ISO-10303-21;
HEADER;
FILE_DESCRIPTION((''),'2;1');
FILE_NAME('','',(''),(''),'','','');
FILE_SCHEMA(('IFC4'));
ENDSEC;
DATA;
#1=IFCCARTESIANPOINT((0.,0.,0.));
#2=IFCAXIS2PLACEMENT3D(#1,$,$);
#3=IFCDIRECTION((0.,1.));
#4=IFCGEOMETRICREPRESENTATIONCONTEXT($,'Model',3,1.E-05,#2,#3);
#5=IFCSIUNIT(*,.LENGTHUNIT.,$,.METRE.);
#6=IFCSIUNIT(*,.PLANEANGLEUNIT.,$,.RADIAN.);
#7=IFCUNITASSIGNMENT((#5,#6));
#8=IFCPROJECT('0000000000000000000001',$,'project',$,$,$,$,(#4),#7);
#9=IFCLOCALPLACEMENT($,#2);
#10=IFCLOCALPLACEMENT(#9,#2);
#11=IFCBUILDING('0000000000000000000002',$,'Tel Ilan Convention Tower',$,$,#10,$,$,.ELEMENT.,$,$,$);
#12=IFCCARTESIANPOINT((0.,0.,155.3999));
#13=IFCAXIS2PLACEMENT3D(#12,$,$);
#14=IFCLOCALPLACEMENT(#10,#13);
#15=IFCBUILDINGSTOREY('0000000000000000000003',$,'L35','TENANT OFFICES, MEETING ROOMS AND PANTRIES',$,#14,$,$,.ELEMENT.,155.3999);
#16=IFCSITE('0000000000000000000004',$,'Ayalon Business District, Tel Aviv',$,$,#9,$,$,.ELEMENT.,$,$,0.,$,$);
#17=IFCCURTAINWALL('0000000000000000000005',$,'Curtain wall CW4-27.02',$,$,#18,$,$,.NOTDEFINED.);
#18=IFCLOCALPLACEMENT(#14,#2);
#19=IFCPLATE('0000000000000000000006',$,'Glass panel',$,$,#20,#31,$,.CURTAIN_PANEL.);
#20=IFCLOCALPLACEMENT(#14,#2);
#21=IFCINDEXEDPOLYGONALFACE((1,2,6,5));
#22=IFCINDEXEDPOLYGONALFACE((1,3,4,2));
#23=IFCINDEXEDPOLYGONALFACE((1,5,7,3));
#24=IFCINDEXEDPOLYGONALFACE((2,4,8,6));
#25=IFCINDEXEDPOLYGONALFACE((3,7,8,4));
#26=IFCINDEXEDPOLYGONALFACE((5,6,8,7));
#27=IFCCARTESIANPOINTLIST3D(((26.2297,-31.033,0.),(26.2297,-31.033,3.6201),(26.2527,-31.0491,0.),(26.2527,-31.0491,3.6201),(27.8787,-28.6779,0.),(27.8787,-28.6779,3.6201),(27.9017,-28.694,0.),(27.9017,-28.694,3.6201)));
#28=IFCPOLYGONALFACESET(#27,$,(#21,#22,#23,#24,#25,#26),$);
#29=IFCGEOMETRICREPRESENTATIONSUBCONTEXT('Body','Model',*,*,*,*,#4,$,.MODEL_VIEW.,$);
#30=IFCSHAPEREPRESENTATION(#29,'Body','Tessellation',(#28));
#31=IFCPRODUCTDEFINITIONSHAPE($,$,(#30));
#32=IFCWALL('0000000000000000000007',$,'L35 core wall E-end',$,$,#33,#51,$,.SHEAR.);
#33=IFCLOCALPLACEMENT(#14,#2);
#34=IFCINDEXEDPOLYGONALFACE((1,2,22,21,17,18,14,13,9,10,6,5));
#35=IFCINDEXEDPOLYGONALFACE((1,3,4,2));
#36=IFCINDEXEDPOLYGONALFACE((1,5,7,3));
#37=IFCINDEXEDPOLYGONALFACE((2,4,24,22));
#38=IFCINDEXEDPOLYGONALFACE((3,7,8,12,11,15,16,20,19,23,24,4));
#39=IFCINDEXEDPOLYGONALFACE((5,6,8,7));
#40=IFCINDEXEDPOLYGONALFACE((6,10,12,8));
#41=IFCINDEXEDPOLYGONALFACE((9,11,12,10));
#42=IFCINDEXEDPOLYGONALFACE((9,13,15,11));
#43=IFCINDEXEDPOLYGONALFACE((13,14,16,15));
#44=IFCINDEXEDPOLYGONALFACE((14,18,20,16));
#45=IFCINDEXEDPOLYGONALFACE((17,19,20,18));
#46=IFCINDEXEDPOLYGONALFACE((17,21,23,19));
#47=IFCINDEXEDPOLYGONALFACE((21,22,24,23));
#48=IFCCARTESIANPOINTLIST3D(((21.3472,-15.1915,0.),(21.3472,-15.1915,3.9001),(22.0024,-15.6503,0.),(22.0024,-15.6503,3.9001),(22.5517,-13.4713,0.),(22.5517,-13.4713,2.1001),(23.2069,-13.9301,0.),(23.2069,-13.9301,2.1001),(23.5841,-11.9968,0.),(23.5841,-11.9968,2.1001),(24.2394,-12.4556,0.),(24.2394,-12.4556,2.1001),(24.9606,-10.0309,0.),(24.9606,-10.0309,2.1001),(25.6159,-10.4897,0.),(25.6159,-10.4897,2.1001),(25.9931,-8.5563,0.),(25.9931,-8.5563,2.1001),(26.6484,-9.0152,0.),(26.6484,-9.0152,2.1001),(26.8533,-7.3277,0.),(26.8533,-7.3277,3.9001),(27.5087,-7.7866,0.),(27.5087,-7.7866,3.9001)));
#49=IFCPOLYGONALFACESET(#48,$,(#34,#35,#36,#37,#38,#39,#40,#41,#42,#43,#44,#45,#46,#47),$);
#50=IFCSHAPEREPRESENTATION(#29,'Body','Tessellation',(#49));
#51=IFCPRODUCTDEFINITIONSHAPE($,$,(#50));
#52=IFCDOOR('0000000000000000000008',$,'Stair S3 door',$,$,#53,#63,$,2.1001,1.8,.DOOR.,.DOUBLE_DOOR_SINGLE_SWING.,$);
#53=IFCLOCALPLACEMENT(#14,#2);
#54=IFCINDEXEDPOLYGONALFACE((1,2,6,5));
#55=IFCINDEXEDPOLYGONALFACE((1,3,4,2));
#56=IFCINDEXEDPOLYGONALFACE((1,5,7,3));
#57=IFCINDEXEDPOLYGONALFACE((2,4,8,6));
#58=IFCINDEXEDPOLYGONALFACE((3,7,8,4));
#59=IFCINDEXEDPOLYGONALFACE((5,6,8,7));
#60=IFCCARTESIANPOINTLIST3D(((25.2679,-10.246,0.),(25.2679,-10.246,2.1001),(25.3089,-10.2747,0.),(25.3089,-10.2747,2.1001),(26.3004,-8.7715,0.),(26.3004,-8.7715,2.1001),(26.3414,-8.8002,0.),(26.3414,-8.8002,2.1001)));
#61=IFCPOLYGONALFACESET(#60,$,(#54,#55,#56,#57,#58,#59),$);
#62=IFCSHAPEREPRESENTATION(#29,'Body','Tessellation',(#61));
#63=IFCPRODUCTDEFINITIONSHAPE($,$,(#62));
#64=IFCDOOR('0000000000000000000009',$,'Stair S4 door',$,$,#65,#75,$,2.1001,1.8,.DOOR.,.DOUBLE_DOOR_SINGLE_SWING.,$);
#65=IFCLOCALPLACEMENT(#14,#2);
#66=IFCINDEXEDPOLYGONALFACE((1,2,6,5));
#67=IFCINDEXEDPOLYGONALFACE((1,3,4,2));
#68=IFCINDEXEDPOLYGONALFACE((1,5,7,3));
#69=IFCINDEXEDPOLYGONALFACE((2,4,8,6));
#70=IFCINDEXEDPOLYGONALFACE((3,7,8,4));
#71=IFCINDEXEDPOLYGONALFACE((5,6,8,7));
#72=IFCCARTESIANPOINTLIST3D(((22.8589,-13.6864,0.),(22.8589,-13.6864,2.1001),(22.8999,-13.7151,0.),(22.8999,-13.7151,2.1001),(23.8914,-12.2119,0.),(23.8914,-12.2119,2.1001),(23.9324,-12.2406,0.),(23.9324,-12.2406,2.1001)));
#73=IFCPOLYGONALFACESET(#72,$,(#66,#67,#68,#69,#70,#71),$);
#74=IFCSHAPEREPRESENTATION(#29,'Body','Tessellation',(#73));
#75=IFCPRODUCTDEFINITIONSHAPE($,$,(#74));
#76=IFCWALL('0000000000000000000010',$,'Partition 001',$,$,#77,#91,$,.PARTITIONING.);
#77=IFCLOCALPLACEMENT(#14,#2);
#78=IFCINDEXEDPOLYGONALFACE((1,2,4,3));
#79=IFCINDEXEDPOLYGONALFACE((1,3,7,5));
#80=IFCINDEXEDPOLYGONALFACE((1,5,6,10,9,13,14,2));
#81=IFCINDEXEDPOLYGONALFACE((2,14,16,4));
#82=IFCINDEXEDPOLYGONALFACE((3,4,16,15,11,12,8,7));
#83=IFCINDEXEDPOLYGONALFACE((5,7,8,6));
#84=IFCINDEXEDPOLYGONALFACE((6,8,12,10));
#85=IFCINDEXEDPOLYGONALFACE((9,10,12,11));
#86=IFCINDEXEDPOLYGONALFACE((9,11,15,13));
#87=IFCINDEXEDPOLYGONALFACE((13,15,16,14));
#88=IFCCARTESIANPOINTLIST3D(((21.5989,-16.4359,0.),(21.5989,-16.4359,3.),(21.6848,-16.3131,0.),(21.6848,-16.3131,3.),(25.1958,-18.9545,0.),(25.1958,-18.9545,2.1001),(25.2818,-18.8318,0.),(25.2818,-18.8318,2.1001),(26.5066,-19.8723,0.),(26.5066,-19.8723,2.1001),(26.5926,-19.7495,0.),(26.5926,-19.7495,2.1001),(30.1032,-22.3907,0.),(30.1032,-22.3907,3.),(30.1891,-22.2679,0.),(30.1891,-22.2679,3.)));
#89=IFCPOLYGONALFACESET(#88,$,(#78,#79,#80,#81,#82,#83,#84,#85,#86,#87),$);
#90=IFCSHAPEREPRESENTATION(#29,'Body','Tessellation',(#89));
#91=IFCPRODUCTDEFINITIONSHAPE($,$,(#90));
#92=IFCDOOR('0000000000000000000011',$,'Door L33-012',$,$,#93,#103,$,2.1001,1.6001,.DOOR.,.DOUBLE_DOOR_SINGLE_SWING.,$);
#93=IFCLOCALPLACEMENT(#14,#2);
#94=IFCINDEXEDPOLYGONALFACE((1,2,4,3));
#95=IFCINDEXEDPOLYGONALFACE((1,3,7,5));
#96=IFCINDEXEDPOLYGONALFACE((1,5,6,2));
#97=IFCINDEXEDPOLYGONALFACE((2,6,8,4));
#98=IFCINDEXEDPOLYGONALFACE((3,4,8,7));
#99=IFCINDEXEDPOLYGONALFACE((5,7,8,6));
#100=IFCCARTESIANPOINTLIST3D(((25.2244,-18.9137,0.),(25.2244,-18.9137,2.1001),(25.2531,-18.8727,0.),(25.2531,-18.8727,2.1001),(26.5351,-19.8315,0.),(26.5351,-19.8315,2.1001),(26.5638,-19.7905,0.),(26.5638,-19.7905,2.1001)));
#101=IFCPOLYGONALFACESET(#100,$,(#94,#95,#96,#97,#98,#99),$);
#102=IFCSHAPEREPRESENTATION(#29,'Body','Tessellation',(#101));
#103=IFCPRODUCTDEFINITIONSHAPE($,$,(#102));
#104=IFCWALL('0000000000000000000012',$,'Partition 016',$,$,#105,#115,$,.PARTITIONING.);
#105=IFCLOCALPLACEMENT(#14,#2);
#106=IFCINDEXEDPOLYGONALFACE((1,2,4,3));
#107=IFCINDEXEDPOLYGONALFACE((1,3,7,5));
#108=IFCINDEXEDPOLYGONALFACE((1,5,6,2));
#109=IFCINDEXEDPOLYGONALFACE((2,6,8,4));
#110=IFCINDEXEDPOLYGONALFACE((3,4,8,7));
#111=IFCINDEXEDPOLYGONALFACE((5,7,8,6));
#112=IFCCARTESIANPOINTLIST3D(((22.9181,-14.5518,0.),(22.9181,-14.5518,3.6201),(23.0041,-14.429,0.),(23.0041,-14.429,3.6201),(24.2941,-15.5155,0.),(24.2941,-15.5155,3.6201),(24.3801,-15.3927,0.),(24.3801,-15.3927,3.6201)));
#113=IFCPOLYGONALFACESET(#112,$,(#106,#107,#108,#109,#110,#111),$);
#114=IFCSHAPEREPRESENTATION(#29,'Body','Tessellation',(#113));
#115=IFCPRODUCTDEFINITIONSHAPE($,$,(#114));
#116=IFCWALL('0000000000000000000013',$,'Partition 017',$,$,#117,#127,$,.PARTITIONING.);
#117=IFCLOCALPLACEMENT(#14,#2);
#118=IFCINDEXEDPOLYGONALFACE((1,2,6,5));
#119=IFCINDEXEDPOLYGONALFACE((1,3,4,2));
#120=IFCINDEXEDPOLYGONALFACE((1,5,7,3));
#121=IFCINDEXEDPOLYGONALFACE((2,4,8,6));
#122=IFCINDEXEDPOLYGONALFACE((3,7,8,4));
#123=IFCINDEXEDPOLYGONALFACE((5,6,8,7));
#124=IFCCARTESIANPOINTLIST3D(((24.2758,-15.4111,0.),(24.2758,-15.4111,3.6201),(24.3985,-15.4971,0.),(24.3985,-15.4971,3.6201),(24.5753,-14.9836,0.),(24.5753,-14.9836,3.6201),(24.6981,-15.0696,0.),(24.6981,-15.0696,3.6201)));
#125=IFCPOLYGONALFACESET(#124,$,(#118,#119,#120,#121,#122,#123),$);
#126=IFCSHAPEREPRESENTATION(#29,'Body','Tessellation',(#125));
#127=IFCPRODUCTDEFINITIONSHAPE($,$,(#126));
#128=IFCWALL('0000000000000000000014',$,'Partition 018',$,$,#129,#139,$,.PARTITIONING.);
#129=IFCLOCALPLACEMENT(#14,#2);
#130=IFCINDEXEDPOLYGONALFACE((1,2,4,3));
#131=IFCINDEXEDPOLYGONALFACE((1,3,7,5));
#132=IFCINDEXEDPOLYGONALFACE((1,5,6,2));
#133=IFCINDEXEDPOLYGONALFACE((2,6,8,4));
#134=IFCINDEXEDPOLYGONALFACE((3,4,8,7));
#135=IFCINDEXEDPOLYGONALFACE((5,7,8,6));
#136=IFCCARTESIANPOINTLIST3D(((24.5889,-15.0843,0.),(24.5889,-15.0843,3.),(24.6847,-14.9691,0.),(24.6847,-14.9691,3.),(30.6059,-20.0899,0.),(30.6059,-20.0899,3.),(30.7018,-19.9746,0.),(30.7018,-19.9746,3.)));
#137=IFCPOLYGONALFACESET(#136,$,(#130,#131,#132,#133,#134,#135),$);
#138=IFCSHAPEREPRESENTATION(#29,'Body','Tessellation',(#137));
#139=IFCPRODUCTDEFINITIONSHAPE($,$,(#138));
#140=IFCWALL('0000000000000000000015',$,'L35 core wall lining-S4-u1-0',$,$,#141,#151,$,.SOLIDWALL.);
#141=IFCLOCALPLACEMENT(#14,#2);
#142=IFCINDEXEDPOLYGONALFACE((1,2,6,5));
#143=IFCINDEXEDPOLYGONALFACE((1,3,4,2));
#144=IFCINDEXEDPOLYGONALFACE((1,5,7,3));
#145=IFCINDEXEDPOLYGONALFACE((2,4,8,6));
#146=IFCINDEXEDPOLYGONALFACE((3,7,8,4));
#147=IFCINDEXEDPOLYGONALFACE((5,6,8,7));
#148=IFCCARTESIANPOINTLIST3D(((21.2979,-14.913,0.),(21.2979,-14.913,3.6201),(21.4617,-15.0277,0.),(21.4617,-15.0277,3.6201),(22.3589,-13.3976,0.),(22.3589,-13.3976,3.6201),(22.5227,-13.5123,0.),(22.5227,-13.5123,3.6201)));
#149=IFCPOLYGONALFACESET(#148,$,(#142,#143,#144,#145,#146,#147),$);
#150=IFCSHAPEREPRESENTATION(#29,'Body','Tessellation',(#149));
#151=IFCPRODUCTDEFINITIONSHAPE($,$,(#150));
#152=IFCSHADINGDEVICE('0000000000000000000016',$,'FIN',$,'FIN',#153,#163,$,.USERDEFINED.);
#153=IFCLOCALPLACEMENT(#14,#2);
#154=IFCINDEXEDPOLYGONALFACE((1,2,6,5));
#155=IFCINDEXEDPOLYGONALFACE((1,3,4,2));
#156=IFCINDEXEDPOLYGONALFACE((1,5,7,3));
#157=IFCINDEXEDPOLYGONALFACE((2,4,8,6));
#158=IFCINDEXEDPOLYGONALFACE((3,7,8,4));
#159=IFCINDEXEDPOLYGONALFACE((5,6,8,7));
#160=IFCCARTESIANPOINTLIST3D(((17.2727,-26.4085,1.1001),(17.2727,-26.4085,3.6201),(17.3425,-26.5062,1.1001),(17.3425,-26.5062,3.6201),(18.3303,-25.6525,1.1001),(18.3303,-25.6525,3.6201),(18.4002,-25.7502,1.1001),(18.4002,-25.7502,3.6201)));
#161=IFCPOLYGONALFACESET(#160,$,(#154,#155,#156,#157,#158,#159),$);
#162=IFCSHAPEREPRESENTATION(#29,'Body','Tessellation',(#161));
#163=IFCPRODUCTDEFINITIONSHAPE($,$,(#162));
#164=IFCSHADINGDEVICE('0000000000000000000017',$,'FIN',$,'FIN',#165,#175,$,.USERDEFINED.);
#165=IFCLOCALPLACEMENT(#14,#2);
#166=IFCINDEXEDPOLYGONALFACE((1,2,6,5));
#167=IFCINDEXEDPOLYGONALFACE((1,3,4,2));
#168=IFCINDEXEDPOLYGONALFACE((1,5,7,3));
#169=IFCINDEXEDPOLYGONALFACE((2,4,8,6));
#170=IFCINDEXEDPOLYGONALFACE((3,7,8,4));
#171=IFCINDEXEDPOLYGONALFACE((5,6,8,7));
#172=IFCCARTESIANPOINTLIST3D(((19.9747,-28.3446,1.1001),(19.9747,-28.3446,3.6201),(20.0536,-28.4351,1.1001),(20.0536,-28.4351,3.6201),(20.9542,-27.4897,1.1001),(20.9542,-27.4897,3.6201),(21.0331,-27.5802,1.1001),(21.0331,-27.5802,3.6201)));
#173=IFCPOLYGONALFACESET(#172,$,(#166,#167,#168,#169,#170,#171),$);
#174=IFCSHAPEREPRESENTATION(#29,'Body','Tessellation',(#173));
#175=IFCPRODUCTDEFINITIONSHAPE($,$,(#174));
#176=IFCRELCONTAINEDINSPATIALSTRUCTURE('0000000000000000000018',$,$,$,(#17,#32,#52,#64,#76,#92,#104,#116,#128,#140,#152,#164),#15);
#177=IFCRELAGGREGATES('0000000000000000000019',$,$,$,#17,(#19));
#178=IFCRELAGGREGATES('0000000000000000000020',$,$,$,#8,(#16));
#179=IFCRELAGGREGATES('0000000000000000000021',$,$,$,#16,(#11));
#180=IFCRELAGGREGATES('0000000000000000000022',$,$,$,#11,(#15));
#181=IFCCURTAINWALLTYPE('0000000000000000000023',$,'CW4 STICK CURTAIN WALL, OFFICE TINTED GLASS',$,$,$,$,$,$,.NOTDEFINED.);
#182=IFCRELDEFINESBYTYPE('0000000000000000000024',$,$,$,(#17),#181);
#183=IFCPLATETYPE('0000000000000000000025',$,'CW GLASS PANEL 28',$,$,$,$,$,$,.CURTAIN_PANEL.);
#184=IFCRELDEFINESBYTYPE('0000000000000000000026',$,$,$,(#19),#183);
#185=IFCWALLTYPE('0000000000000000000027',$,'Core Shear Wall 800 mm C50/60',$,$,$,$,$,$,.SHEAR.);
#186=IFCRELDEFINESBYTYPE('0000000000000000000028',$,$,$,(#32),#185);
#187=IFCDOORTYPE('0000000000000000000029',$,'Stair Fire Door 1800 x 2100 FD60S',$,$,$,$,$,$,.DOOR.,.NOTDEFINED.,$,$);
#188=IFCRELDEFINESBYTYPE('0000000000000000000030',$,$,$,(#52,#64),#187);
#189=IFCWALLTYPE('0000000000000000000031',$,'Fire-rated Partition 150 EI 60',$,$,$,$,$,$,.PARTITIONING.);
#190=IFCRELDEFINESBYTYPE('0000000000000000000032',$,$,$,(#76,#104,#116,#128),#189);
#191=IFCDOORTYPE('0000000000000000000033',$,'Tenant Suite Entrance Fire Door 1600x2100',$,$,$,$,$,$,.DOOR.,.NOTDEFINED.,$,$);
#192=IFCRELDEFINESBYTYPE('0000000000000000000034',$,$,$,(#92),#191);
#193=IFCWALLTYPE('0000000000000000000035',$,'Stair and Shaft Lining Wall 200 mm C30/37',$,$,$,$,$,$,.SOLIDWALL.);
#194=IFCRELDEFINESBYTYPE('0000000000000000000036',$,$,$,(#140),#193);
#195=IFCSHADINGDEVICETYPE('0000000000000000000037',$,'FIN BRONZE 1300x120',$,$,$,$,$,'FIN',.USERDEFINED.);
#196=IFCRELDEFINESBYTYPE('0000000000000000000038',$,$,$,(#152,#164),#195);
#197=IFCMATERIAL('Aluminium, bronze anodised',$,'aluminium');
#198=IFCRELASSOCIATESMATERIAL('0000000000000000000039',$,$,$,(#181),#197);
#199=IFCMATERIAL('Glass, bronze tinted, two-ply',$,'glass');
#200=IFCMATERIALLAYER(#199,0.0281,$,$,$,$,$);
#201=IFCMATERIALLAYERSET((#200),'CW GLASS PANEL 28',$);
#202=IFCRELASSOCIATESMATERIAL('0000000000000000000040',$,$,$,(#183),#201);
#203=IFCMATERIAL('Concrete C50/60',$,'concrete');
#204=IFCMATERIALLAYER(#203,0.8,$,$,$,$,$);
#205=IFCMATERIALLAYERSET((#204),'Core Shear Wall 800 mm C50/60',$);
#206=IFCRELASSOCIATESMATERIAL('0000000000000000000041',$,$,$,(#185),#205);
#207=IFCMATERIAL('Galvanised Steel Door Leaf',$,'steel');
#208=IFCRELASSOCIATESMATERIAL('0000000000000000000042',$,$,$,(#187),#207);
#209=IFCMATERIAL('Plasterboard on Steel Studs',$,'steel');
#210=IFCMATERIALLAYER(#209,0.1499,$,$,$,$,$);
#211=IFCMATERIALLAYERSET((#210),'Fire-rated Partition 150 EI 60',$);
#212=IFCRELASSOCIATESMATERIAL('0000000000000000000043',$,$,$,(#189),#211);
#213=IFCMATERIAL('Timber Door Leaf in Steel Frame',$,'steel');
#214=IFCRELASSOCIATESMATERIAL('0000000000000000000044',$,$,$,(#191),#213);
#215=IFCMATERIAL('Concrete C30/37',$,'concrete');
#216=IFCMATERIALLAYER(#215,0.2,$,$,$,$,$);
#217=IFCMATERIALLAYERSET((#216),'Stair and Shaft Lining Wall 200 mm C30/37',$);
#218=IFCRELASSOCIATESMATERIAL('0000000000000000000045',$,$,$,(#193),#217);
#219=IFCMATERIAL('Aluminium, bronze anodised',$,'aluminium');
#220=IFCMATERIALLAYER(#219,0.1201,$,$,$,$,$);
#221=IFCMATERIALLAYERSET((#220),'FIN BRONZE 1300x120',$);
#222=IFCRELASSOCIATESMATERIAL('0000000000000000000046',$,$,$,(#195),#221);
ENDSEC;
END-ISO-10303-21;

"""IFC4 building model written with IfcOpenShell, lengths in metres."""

from ifc_helpers import new_model, si_unit, direction, frame, frame_2d, origin, origin_2d, place, context, subcontext, project, spatial, polyline, rectangle, outline, extrude, material, layer, layer_set, type_object, element, fill, aggregate, save


model = new_model("IFC4")

# Units and contexts
model_context = context("Model", 3, precision=1e-05, world=origin(), true_north=direction((0.0, 1.0)))
body_context = subcontext(model_context, "Body", "Model", "MODEL_VIEW")
ifc_project = project(units=[si_unit("LENGTHUNIT", "METRE"), si_unit("PLANEANGLEUNIT", "RADIAN")], contexts=[model_context])

# Site, building, storey
site_placement = place(None, origin())
site = spatial("IfcSite", under=ifc_project, at=site_placement, Name="Ayalon Business District, Tel Aviv", CompositionType="ELEMENT", RefElevation=0.0)
building_placement = place(site_placement, origin())
building = spatial("IfcBuilding", under=site, at=building_placement, Name="Tel Ilan Convention Tower", CompositionType="ELEMENT")
storey_placement = place(building_placement, frame((0.0, 0.0, 155.3999)))
storey = spatial("IfcBuildingStorey", under=building, at=storey_placement, Name="L35", Description="TENANT OFFICES, MEETING ROOMS AND PANTRIES", CompositionType="ELEMENT", Elevation=155.3999)

# Curtain wall, plate
ifc_material_1 = material(Name="Aluminium, bronze anodised", Category="aluminium")
curtain_wall_type = type_object("IfcCurtainWallType", Name="CW4 STICK CURTAIN WALL, OFFICE TINTED GLASS", PredefinedType="NOTDEFINED", material=ifc_material_1)
curtain_wall_placement = place(storey_placement, origin())
curtain_wall = element("IfcCurtainWall", 1, at=curtain_wall_placement, inside=storey, type_object=curtain_wall_type, Name="Curtain wall CW4-27.02", PredefinedType="NOTDEFINED")
ifc_material_2 = material(Name="Glass, bronze tinted, two-ply", Category="glass")
ifc_layer_1 = layer(ifc_material_2, 0.0281)
ifc_layer_set_1 = layer_set([ifc_layer_1], Name="CW GLASS PANEL 28")
plate_type = type_object("IfcPlateType", Name="CW GLASS PANEL 28", PredefinedType="CURTAIN_PANEL", material=ifc_layer_set_1)
plate_1_placement = place(storey_placement, frame((27.0657, -29.8635, 0.0), z_axis=(0.0, 0.0, 1.0), x_axis=(0.573576, 0.819152, 0.0)))
plate_1 = element("IfcPlate", 2, at=plate_1_placement, type_object=plate_type, Name="Glass panel", PredefinedType="CURTAIN_PANEL", context=body_context, shape_type="SweptSolid", body=[
    extrude(rectangle(XDim=2.875, YDim=0.0281, at=origin_2d()), origin(), (0.0, 0.0, 1.0), 3.6201),
])
aggregate(curtain_wall, [plate_1])

# Wall, openings, doors
ifc_material_3 = material(Name="Concrete C50/60", Category="concrete")
ifc_layer_2 = layer(ifc_material_3, 0.8)
ifc_layer_set_2 = layer_set([ifc_layer_2], Name="Core Shear Wall 800 mm C50/60")
wall_type_1 = type_object("IfcWallType", Name="Core Shear Wall 800 mm C50/60", PredefinedType="SHEAR", material=ifc_layer_set_2)
wall_1_placement = place(storey_placement, frame((21.6748, -15.4209, 0.0), z_axis=(0.0, 0.0, 1.0), x_axis=(0.573582, 0.819148, 0.0)))
wall_1 = element("IfcWall", 3, at=wall_1_placement, inside=storey, type_object=wall_type_1, Name="L35 core wall E-end", PredefinedType="SHEAR", context=body_context, shape_type="SweptSolid", body=[
    extrude(outline(polyline([(9.5999, 0.4001), (0.0, 0.3999), (0.0, -0.3999), (9.5999, -0.3999), (9.5999, 0.4001)])), origin(), (0.0, 0.0, 1.0), 3.9001),
])
opening_1_placement = place(wall_1_placement, frame((6.3, 0.0, 0.0)))
opening_1 = element("IfcOpeningElement", 4, at=opening_1_placement, cuts=wall_1, PredefinedType="OPENING", context=body_context, shape_type="SweptSolid", body=[
    extrude(rectangle(XDim=1.8, YDim=2.1001, at=frame_2d((0.8999, 1.05))), frame((0.0, 0.4099, 0.0), z_axis=(0.0, -1.0, 0.0), x_axis=(1.0, 0.0, 0.0)), (0.0, 0.0, 1.0), 0.8201),
])
opening_2_placement = place(wall_1_placement, frame((2.1001, 0.0, 0.0)))
opening_2 = element("IfcOpeningElement", 5, at=opening_2_placement, cuts=wall_1, PredefinedType="OPENING", context=body_context, shape_type="SweptSolid", body=[
    extrude(rectangle(XDim=1.8, YDim=2.1001, at=frame_2d((0.8999, 1.05))), frame((0.0, 0.4099, 0.0), z_axis=(0.0, -1.0, 0.0), x_axis=(1.0, 0.0, 0.0)), (0.0, 0.0, 1.0), 0.8201),
])
ifc_material_4 = material(Name="Galvanised Steel Door Leaf", Category="steel")
door_type_1 = type_object("IfcDoorType", Name="Stair Fire Door 1800 x 2100 FD60S", OperationType="NOTDEFINED", PredefinedType="DOOR", material=ifc_material_4)
door_1_placement = place(opening_1_placement, origin())
door_1 = element("IfcDoor", 6, at=door_1_placement, inside=storey, type_object=door_type_1, Name="Stair S3 door", OperationType="DOUBLE_DOOR_SINGLE_SWING", OverallHeight=2.1001, OverallWidth=1.8, PredefinedType="DOOR", context=body_context, shape_type="SweptSolid", body=[
    extrude(rectangle(XDim=1.8, YDim=2.1001, at=frame_2d((0.8999, 1.05))), frame((0.0, 0.0249, 0.0), z_axis=(0.0, -1.0, 0.0), x_axis=(1.0, 0.0, 0.0)), (0.0, 0.0, 1.0), 0.05),
])
fill(opening_1, door_1)
door_2_placement = place(opening_2_placement, origin())
door_2 = element("IfcDoor", 7, at=door_2_placement, inside=storey, type_object=door_type_1, Name="Stair S4 door", OperationType="DOUBLE_DOOR_SINGLE_SWING", OverallHeight=2.1001, OverallWidth=1.8, PredefinedType="DOOR", context=body_context, shape_type="SweptSolid", body=[
    extrude(rectangle(XDim=1.8, YDim=2.1001, at=frame_2d((0.8999, 1.05))), frame((0.0, 0.0249, 0.0), z_axis=(0.0, -1.0, 0.0), x_axis=(1.0, 0.0, 0.0)), (0.0, 0.0, 1.0), 0.05),
])
fill(opening_2, door_2)

# Wall, opening, door
ifc_material_5 = material(Name="Plasterboard on Steel Studs", Category="steel")
ifc_layer_3 = layer(ifc_material_5, 0.1499)
ifc_layer_set_3 = layer_set([ifc_layer_3], Name="Fire-rated Partition 150 EI 60")
wall_type_2 = type_object("IfcWallType", Name="Fire-rated Partition 150 EI 60", PredefinedType="PARTITIONING", material=ifc_layer_set_3)
wall_2_placement = place(storey_placement, frame((21.6418, -16.3745, 0.0), z_axis=(0.0, 0.0, 1.0), x_axis=(0.819152, -0.573576, 0.0)))
wall_2 = element("IfcWall", 8, at=wall_2_placement, inside=storey, type_object=wall_type_2, Name="Partition 001", PredefinedType="PARTITIONING", context=body_context, shape_type="SweptSolid", body=[
    extrude(rectangle(XDim=10.3818, YDim=0.1499, at=frame_2d((5.1909, 0.0))), origin(), (0.0, 0.0, 1.0), 3.0),
])
opening_3_placement = place(wall_2_placement, frame((4.3911, 0.0, 0.0)))
opening_3 = element("IfcOpeningElement", 9, at=opening_3_placement, cuts=wall_2, PredefinedType="OPENING", context=body_context, shape_type="SweptSolid", body=[
    extrude(rectangle(XDim=1.6001, YDim=2.1001, at=frame_2d((0.8, 1.05))), frame((0.0, 0.085, 0.0), z_axis=(0.0, -1.0, 0.0), x_axis=(1.0, 0.0, 0.0)), (0.0, 0.0, 1.0), 0.1699),
])
ifc_material_6 = material(Name="Timber Door Leaf in Steel Frame", Category="steel")
door_type_2 = type_object("IfcDoorType", Name="Tenant Suite Entrance Fire Door 1600x2100", OperationType="NOTDEFINED", PredefinedType="DOOR", material=ifc_material_6)
door_3_placement = place(opening_3_placement, origin())
door_3 = element("IfcDoor", 10, at=door_3_placement, inside=storey, type_object=door_type_2, Name="Door L33-012", OperationType="DOUBLE_DOOR_SINGLE_SWING", OverallHeight=2.1001, OverallWidth=1.6001, PredefinedType="DOOR", context=body_context, shape_type="SweptSolid", body=[
    extrude(rectangle(XDim=1.6001, YDim=2.1001, at=frame_2d((0.8, 1.05))), frame((0.0, 0.0249, 0.0), z_axis=(0.0, -1.0, 0.0), x_axis=(1.0, 0.0, 0.0)), (0.0, 0.0, 1.0), 0.05),
])
fill(opening_3, door_3)

# Walls
wall_3_placement = place(storey_placement, frame((22.9612, -14.4905, 0.0), z_axis=(0.0, 0.0, 1.0), x_axis=(0.819109, -0.573638, 0.0)))
element("IfcWall", 11, at=wall_3_placement, inside=storey, type_object=wall_type_2, Name="Partition 016", PredefinedType="PARTITIONING", context=body_context, shape_type="SweptSolid", body=[
    extrude(rectangle(XDim=1.6799, YDim=0.1499, at=frame_2d((0.8398, 0.0))), origin(), (0.0, 0.0, 1.0), 3.6201),
])
wall_4_placement = place(storey_placement, frame((24.3372, -15.4541, 0.0), z_axis=(0.0, 0.0, 1.0), x_axis=(0.57387, 0.818946, 0.0)))
element("IfcWall", 12, at=wall_4_placement, inside=storey, type_object=wall_type_2, Name="Partition 017", PredefinedType="PARTITIONING", context=body_context, shape_type="SweptSolid", body=[
    extrude(rectangle(XDim=0.522, YDim=0.1499, at=frame_2d((0.261, 0.0))), origin(), (0.0, 0.0, 1.0), 3.6201),
])
wall_5_placement = place(storey_placement, frame((24.6367, -15.0266, 0.0), z_axis=(0.0, 0.0, 1.0), x_axis=(0.768763, -0.639534, 0.0)))
element("IfcWall", 13, at=wall_5_placement, inside=storey, type_object=wall_type_2, Name="Partition 018", PredefinedType="PARTITIONING", context=body_context, shape_type="SweptSolid", body=[
    extrude(rectangle(XDim=7.8269, YDim=0.1499, at=frame_2d((3.9136, 0.0))), origin(), (0.0, 0.0, 1.0), 3.0),
])
ifc_material_7 = material(Name="Concrete C30/37", Category="concrete")
ifc_layer_4 = layer(ifc_material_7, 0.2)
ifc_layer_set_4 = layer_set([ifc_layer_4], Name="Stair and Shaft Lining Wall 200 mm C30/37")
wall_type_3 = type_object("IfcWallType", Name="Stair and Shaft Lining Wall 200 mm C30/37", PredefinedType="SOLIDWALL", material=ifc_layer_set_4)
wall_6_placement = place(storey_placement, frame((21.3799, -14.9702, 0.0), z_axis=(0.0, 0.0, 1.0), x_axis=(0.57356, 0.819164, 0.0)))
element("IfcWall", 14, at=wall_6_placement, inside=storey, type_object=wall_type_3, Name="L35 core wall lining-S4-u1-0", PredefinedType="SOLIDWALL", context=body_context, shape_type="SweptSolid", body=[
    extrude(rectangle(XDim=1.8499, YDim=0.2, at=frame_2d((0.9248, 0.0))), origin(), (0.0, 0.0, 1.0), 3.6201),
])

# Shading devices
ifc_material_8 = material(Name="Aluminium, bronze anodised", Category="aluminium")
ifc_layer_5 = layer(ifc_material_8, 0.1201)
ifc_layer_set_5 = layer_set([ifc_layer_5], Name="FIN BRONZE 1300x120")
shading_device_type = type_object("IfcShadingDeviceType", Name="FIN BRONZE 1300x120", ElementType="FIN", PredefinedType="USERDEFINED", material=ifc_layer_set_5)
for number, where, z_axis, x_axis, name in (
    (15, (17.8364, -26.0793, 1.1001), (0.0, 0.0, 1.0), (-0.813552, -0.581492, 0.0), "FIN"),
    (16, (20.5039, -27.9624, 1.1001), (0.0, 0.0, 1.0), (-0.753436, -0.657521, 0.0), "FIN"),
):
    element("IfcShadingDevice", number, at=place(storey_placement, frame(where, z_axis=z_axis, x_axis=x_axis)), inside=storey, type_object=shading_device_type, Name=name, ObjectType="FIN", PredefinedType="USERDEFINED", context=body_context, shape_type="SweptSolid", body=[
        extrude(rectangle(XDim=1.3, YDim=0.1201, at=origin_2d()), origin(), (0.0, 0.0, 1.0), 2.52),
    ])

save(model, "model.ifc")
